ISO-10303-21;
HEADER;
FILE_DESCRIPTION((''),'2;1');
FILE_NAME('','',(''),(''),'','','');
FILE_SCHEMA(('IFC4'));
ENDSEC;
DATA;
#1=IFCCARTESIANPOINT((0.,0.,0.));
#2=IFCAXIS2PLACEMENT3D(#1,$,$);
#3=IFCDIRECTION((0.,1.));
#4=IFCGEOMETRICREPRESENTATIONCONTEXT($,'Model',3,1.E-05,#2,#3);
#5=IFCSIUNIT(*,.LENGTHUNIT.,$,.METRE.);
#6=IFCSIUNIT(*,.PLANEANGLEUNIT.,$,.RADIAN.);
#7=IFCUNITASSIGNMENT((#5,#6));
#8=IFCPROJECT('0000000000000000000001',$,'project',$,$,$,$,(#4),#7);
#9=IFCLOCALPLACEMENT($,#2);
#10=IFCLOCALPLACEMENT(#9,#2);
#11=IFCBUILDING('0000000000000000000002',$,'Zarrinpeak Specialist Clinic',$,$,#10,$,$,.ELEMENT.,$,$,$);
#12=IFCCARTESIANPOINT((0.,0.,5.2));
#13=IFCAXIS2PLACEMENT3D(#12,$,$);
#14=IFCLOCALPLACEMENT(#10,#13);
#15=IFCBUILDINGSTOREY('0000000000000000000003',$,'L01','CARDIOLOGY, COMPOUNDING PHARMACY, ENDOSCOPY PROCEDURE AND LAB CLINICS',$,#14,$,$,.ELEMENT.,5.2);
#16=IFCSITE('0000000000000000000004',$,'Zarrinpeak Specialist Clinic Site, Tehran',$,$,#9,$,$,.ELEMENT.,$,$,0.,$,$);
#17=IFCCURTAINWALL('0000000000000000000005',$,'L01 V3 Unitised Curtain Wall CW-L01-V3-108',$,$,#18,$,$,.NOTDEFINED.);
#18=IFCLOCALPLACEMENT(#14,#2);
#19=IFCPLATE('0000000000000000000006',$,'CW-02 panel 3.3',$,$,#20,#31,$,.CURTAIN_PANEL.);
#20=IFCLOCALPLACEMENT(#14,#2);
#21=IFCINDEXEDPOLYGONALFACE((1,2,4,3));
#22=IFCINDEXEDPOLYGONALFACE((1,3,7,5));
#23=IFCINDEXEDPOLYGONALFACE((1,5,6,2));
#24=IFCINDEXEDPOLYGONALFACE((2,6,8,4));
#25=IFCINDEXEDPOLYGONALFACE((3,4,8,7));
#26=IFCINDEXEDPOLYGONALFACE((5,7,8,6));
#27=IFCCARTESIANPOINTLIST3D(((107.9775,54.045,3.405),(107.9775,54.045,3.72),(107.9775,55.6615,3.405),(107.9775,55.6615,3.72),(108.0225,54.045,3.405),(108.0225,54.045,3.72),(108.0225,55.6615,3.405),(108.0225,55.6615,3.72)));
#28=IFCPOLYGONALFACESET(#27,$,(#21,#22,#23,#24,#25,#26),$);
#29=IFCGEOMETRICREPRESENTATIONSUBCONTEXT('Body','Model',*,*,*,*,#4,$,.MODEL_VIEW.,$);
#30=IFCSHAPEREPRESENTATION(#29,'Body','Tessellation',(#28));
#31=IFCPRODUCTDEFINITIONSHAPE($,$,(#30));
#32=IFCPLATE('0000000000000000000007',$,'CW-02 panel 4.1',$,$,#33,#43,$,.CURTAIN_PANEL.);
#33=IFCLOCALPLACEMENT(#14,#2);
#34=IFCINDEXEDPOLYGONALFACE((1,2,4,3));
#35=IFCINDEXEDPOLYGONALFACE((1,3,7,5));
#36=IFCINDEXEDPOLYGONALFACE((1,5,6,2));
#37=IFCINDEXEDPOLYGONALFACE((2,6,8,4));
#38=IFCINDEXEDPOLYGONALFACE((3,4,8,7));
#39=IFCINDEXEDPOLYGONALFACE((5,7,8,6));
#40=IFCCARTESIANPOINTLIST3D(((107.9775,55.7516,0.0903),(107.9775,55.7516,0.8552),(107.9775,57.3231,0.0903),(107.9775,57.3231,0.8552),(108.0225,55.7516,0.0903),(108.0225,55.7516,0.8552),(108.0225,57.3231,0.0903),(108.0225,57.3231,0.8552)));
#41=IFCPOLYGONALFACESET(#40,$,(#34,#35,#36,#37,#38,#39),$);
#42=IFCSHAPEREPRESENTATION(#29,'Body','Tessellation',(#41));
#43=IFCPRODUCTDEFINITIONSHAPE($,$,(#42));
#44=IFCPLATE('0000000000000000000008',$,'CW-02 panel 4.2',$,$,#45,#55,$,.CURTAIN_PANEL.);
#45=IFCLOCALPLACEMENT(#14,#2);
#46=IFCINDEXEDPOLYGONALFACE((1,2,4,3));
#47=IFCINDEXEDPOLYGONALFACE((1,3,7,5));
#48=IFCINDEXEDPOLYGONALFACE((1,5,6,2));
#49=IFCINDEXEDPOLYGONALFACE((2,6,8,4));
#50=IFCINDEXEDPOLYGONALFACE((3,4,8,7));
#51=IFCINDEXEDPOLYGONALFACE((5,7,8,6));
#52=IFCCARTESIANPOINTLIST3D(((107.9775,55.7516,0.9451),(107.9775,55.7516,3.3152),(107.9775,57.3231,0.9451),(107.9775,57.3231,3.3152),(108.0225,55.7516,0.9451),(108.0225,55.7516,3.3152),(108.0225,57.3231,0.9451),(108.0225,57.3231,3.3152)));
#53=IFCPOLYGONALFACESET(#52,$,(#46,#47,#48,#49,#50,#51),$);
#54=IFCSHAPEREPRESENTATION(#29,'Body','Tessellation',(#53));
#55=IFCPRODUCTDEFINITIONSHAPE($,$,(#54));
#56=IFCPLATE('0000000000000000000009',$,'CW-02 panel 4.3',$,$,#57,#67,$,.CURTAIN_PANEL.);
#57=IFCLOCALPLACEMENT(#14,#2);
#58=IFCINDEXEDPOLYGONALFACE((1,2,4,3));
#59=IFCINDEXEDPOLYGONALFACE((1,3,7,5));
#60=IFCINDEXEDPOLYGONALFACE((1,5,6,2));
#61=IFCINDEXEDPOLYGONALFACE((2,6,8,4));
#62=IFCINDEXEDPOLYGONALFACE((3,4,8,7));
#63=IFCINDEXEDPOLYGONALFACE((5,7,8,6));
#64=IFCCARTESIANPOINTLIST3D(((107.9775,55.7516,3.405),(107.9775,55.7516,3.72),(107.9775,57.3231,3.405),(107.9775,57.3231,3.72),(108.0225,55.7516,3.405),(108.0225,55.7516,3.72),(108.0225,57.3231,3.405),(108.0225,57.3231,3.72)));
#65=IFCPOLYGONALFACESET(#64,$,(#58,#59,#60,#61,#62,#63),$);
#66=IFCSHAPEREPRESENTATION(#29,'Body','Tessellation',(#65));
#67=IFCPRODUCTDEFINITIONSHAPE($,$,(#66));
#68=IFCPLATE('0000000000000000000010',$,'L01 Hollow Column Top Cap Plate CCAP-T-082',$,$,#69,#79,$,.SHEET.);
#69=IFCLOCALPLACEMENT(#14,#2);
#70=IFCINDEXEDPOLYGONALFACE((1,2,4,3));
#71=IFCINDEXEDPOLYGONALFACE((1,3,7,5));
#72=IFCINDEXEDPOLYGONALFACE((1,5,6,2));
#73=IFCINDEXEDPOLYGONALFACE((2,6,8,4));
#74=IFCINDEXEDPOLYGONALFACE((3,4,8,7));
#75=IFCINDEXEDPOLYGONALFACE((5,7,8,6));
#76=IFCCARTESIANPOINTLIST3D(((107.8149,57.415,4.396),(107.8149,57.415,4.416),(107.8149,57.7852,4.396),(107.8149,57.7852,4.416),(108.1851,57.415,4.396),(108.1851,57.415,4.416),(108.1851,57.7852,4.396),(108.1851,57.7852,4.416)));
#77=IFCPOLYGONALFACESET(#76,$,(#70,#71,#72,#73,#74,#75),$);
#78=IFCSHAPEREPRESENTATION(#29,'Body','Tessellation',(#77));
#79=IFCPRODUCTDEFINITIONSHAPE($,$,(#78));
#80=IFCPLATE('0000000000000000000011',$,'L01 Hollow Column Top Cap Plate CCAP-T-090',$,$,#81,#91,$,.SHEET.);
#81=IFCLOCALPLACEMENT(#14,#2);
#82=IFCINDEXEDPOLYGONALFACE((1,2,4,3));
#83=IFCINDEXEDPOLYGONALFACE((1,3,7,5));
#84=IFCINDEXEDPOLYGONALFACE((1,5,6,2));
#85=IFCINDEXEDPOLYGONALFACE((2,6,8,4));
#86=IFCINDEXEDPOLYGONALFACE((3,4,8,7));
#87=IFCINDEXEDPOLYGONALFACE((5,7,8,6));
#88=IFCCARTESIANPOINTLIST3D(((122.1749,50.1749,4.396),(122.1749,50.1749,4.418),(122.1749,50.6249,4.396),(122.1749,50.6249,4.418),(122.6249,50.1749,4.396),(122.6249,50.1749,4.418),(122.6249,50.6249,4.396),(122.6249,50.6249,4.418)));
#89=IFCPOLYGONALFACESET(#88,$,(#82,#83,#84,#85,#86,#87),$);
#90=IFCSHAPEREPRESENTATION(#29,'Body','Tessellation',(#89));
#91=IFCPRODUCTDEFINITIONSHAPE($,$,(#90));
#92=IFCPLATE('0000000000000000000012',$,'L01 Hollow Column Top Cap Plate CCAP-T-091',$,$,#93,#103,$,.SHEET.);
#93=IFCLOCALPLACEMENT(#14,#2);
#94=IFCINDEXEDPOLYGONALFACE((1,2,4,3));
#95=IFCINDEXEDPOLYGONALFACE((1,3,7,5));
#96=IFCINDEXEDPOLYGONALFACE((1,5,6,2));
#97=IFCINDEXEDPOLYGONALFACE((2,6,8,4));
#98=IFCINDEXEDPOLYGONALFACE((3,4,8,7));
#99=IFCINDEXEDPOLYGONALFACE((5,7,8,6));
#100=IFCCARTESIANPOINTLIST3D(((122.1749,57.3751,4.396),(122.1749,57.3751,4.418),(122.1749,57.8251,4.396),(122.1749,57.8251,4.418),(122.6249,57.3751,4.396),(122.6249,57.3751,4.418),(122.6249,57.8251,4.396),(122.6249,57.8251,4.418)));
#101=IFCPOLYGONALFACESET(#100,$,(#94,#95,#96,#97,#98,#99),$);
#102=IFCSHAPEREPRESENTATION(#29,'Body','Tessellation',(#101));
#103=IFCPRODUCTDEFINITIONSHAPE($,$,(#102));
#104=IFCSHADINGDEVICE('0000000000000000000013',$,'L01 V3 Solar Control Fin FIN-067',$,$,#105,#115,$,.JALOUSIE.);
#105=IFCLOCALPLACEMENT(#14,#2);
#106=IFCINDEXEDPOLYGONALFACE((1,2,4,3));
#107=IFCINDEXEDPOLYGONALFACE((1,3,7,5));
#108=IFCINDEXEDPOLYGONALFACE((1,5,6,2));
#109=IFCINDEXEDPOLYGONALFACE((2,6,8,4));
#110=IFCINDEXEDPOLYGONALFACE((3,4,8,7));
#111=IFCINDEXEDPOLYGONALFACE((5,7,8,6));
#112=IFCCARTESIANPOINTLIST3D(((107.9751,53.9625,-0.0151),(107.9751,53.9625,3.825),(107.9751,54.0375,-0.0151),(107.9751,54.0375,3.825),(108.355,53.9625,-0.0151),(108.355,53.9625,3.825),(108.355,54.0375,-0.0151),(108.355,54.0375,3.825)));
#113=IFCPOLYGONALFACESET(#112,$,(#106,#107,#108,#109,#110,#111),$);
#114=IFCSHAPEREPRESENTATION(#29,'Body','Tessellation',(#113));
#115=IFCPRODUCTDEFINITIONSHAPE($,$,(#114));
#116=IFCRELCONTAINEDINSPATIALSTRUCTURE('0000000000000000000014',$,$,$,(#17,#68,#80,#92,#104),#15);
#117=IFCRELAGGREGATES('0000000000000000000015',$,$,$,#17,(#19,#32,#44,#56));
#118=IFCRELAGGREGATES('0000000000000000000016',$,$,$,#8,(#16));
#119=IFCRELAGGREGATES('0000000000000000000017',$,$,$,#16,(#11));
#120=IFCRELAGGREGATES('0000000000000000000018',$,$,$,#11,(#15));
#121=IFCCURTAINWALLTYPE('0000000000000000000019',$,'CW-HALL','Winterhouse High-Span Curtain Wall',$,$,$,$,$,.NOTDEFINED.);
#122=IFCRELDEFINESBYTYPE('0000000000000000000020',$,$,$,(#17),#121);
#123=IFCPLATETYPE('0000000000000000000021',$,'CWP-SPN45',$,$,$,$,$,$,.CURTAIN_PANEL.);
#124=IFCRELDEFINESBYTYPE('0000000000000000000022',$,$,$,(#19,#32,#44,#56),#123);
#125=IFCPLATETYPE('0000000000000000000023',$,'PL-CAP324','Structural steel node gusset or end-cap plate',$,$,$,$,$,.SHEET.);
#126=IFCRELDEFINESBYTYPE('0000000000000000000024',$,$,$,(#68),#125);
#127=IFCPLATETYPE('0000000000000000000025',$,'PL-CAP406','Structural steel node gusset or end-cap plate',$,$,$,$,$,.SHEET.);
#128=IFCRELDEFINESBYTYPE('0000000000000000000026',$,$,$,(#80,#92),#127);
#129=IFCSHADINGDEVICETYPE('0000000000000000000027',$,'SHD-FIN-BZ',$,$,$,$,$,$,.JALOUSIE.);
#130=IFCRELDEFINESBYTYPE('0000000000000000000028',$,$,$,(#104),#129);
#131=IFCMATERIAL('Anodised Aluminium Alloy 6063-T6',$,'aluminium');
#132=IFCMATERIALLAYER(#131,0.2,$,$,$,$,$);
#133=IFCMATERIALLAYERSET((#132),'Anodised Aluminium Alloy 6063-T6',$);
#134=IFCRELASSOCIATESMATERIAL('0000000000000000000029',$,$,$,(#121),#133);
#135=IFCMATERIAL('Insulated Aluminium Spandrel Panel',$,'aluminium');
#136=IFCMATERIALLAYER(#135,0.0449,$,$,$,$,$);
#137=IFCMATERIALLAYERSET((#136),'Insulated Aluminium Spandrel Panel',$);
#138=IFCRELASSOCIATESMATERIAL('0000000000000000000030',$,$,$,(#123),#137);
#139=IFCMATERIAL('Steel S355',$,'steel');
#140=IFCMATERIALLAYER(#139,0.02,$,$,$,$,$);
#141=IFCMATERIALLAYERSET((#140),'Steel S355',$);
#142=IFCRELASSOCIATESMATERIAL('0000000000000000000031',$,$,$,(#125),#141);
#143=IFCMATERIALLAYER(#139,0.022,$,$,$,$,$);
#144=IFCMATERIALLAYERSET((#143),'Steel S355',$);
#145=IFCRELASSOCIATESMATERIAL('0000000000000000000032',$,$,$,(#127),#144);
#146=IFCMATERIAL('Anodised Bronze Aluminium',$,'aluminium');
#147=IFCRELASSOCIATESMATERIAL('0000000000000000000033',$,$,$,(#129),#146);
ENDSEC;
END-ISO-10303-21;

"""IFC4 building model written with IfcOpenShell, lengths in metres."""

from ifc_helpers import new_model, si_unit, direction, frame, origin, origin_2d, place, context, subcontext, project, spatial, rectangle, extrude, material, layer, layer_set, type_object, element, aggregate, save


model = new_model("IFC4")

# Units and contexts
model_context = context("Model", 3, precision=1e-05, world=origin(), true_north=direction((0.0, 1.0)))
body_context = subcontext(model_context, "Body", "Model", "MODEL_VIEW")
ifc_project = project(units=[si_unit("LENGTHUNIT", "METRE"), si_unit("PLANEANGLEUNIT", "RADIAN")], contexts=[model_context])

# Site, building, storey
site_placement = place(None, origin())
site = spatial("IfcSite", under=ifc_project, at=site_placement, Name="Zarrinpeak Specialist Clinic Site, Tehran", CompositionType="ELEMENT", RefElevation=0.0)
building_placement = place(site_placement, origin())
building = spatial("IfcBuilding", under=site, at=building_placement, Name="Zarrinpeak Specialist Clinic", CompositionType="ELEMENT")
storey_placement = place(building_placement, frame((0.0, 0.0, 5.2)))
storey = spatial("IfcBuildingStorey", under=building, at=storey_placement, Name="L01", Description="CARDIOLOGY, COMPOUNDING PHARMACY, ENDOSCOPY PROCEDURE AND LAB CLINICS", CompositionType="ELEMENT", Elevation=5.2)

# Shared definitions
ifc_material_1 = material(Name="Steel S355", Category="steel")

# Curtain wall
ifc_material_2 = material(Name="Anodised Aluminium Alloy 6063-T6", Category="aluminium")
ifc_layer_1 = layer(ifc_material_2, 0.2)
ifc_layer_set_1 = layer_set([ifc_layer_1], Name="Anodised Aluminium Alloy 6063-T6")
curtain_wall_type = type_object("IfcCurtainWallType", Name="CW-HALL", Description="Winterhouse High-Span Curtain Wall", PredefinedType="NOTDEFINED", material=ifc_layer_set_1)
curtain_wall_1_placement = place(storey_placement, origin())
curtain_wall_1 = element("IfcCurtainWall", 1, at=curtain_wall_1_placement, inside=storey, type_object=curtain_wall_type, Name="L01 V3 Unitised Curtain Wall CW-L01-V3-108", PredefinedType="NOTDEFINED")

# Plates
ifc_material_3 = material(Name="Insulated Aluminium Spandrel Panel", Category="aluminium")
ifc_layer_2 = layer(ifc_material_3, 0.0449)
ifc_layer_set_2 = layer_set([ifc_layer_2], Name="Insulated Aluminium Spandrel Panel")
plate_type_1 = type_object("IfcPlateType", Name="CWP-SPN45", PredefinedType="CURTAIN_PANEL", material=ifc_layer_set_2)
plate_1_placement = place(storey_placement, frame((108.0, 54.8533, 3.405), z_axis=(0.0, 0.0, 1.0), x_axis=(0.0, 1.0, 0.0)))
plate_1 = element("IfcPlate", 2, at=plate_1_placement, type_object=plate_type_1, Name="CW-02 panel 3.3", PredefinedType="CURTAIN_PANEL", context=body_context, shape_type="SweptSolid", body=[
    extrude(rectangle(XDim=1.6165, YDim=0.0449, at=origin_2d()), origin(), (0.0, 0.0, 1.0), 0.3149),
])
plate_2_placement = place(storey_placement, frame((108.0, 56.5374, 0.0903), z_axis=(0.0, 0.0, 1.0), x_axis=(0.0, 1.0, 0.0)))
plate_2 = element("IfcPlate", 3, at=plate_2_placement, type_object=plate_type_1, Name="CW-02 panel 4.1", PredefinedType="CURTAIN_PANEL", context=body_context, shape_type="SweptSolid", body=[
    extrude(rectangle(XDim=1.5715, YDim=0.0449, at=origin_2d()), origin(), (0.0, 0.0, 1.0), 0.7649),
])
plate_3_placement = place(storey_placement, frame((108.0, 56.5374, 0.9451), z_axis=(0.0, 0.0, 1.0), x_axis=(0.0, 1.0, 0.0)))
plate_3 = element("IfcPlate", 4, at=plate_3_placement, type_object=plate_type_1, Name="CW-02 panel 4.2", PredefinedType="CURTAIN_PANEL", context=body_context, shape_type="SweptSolid", body=[
    extrude(rectangle(XDim=1.5715, YDim=0.0449, at=origin_2d()), origin(), (0.0, 0.0, 1.0), 2.3701),
])
plate_4_placement = place(storey_placement, frame((108.0, 56.5374, 3.405), z_axis=(0.0, 0.0, 1.0), x_axis=(0.0, 1.0, 0.0)))
plate_4 = element("IfcPlate", 5, at=plate_4_placement, type_object=plate_type_1, Name="CW-02 panel 4.3", PredefinedType="CURTAIN_PANEL", context=body_context, shape_type="SweptSolid", body=[
    extrude(rectangle(XDim=1.5715, YDim=0.0449, at=origin_2d()), origin(), (0.0, 0.0, 1.0), 0.3149),
])
aggregate(curtain_wall_1, [plate_1, plate_2, plate_3, plate_4])

# Plates
ifc_layer_3 = layer(ifc_material_1, 0.02)
ifc_layer_set_3 = layer_set([ifc_layer_3], Name="Steel S355")
plate_type_2 = type_object("IfcPlateType", Name="PL-CAP324", Description="Structural steel node gusset or end-cap plate", PredefinedType="SHEET", material=ifc_layer_set_3)
plate_5_placement = place(storey_placement, frame((108.0, 57.6001, 4.396), z_axis=(0.0, 0.0, 1.0), x_axis=(1.0, 0.0, 0.0)))
element("IfcPlate", 6, at=plate_5_placement, inside=storey, type_object=plate_type_2, Name="L01 Hollow Column Top Cap Plate CCAP-T-082", PredefinedType="SHEET", context=body_context, shape_type="SweptSolid", body=[
    extrude(rectangle(XDim=0.3701, YDim=0.3701, at=origin_2d()), origin(), (0.0, 0.0, 1.0), 0.02),
])
ifc_layer_4 = layer(ifc_material_1, 0.022)
ifc_layer_set_4 = layer_set([ifc_layer_4], Name="Steel S355")
plate_type_3 = type_object("IfcPlateType", Name="PL-CAP406", Description="Structural steel node gusset or end-cap plate", PredefinedType="SHEET", material=ifc_layer_set_4)
for number, where, z_axis, x_axis, name in (
    (7, (122.3999, 50.3999, 4.396), (0.0, 0.0, 1.0), (1.0, 0.0, 0.0), "L01 Hollow Column Top Cap Plate CCAP-T-090"),
    (8, (122.3999, 57.6001, 4.396), (0.0, 0.0, 1.0), (1.0, 0.0, 0.0), "L01 Hollow Column Top Cap Plate CCAP-T-091"),
):
    element("IfcPlate", number, at=place(storey_placement, frame(where, z_axis=z_axis, x_axis=x_axis)), inside=storey, type_object=plate_type_3, Name=name, PredefinedType="SHEET", context=body_context, shape_type="SweptSolid", body=[
        extrude(rectangle(XDim=0.45, YDim=0.45, at=origin_2d()), origin(), (0.0, 0.0, 1.0), 0.022),
    ])

# Shading device
ifc_material_4 = material(Name="Anodised Bronze Aluminium", Category="aluminium")
shading_device_type = type_object("IfcShadingDeviceType", Name="SHD-FIN-BZ", PredefinedType="JALOUSIE", material=ifc_material_4)
shading_device_placement = place(storey_placement, frame((108.165, 54.0, -0.0151), z_axis=(0.0, 0.0, 1.0), x_axis=(1.0, 0.0, 0.0)))
element("IfcShadingDevice", 9, at=shading_device_placement, inside=storey, type_object=shading_device_type, Name="L01 V3 Solar Control Fin FIN-067", PredefinedType="JALOUSIE", context=body_context, shape_type="SweptSolid", body=[
    extrude(rectangle(XDim=0.3799, YDim=0.075, at=origin_2d()), origin(), (0.0, 0.0, 1.0), 3.8401),
])

save(model, "model.ifc")
